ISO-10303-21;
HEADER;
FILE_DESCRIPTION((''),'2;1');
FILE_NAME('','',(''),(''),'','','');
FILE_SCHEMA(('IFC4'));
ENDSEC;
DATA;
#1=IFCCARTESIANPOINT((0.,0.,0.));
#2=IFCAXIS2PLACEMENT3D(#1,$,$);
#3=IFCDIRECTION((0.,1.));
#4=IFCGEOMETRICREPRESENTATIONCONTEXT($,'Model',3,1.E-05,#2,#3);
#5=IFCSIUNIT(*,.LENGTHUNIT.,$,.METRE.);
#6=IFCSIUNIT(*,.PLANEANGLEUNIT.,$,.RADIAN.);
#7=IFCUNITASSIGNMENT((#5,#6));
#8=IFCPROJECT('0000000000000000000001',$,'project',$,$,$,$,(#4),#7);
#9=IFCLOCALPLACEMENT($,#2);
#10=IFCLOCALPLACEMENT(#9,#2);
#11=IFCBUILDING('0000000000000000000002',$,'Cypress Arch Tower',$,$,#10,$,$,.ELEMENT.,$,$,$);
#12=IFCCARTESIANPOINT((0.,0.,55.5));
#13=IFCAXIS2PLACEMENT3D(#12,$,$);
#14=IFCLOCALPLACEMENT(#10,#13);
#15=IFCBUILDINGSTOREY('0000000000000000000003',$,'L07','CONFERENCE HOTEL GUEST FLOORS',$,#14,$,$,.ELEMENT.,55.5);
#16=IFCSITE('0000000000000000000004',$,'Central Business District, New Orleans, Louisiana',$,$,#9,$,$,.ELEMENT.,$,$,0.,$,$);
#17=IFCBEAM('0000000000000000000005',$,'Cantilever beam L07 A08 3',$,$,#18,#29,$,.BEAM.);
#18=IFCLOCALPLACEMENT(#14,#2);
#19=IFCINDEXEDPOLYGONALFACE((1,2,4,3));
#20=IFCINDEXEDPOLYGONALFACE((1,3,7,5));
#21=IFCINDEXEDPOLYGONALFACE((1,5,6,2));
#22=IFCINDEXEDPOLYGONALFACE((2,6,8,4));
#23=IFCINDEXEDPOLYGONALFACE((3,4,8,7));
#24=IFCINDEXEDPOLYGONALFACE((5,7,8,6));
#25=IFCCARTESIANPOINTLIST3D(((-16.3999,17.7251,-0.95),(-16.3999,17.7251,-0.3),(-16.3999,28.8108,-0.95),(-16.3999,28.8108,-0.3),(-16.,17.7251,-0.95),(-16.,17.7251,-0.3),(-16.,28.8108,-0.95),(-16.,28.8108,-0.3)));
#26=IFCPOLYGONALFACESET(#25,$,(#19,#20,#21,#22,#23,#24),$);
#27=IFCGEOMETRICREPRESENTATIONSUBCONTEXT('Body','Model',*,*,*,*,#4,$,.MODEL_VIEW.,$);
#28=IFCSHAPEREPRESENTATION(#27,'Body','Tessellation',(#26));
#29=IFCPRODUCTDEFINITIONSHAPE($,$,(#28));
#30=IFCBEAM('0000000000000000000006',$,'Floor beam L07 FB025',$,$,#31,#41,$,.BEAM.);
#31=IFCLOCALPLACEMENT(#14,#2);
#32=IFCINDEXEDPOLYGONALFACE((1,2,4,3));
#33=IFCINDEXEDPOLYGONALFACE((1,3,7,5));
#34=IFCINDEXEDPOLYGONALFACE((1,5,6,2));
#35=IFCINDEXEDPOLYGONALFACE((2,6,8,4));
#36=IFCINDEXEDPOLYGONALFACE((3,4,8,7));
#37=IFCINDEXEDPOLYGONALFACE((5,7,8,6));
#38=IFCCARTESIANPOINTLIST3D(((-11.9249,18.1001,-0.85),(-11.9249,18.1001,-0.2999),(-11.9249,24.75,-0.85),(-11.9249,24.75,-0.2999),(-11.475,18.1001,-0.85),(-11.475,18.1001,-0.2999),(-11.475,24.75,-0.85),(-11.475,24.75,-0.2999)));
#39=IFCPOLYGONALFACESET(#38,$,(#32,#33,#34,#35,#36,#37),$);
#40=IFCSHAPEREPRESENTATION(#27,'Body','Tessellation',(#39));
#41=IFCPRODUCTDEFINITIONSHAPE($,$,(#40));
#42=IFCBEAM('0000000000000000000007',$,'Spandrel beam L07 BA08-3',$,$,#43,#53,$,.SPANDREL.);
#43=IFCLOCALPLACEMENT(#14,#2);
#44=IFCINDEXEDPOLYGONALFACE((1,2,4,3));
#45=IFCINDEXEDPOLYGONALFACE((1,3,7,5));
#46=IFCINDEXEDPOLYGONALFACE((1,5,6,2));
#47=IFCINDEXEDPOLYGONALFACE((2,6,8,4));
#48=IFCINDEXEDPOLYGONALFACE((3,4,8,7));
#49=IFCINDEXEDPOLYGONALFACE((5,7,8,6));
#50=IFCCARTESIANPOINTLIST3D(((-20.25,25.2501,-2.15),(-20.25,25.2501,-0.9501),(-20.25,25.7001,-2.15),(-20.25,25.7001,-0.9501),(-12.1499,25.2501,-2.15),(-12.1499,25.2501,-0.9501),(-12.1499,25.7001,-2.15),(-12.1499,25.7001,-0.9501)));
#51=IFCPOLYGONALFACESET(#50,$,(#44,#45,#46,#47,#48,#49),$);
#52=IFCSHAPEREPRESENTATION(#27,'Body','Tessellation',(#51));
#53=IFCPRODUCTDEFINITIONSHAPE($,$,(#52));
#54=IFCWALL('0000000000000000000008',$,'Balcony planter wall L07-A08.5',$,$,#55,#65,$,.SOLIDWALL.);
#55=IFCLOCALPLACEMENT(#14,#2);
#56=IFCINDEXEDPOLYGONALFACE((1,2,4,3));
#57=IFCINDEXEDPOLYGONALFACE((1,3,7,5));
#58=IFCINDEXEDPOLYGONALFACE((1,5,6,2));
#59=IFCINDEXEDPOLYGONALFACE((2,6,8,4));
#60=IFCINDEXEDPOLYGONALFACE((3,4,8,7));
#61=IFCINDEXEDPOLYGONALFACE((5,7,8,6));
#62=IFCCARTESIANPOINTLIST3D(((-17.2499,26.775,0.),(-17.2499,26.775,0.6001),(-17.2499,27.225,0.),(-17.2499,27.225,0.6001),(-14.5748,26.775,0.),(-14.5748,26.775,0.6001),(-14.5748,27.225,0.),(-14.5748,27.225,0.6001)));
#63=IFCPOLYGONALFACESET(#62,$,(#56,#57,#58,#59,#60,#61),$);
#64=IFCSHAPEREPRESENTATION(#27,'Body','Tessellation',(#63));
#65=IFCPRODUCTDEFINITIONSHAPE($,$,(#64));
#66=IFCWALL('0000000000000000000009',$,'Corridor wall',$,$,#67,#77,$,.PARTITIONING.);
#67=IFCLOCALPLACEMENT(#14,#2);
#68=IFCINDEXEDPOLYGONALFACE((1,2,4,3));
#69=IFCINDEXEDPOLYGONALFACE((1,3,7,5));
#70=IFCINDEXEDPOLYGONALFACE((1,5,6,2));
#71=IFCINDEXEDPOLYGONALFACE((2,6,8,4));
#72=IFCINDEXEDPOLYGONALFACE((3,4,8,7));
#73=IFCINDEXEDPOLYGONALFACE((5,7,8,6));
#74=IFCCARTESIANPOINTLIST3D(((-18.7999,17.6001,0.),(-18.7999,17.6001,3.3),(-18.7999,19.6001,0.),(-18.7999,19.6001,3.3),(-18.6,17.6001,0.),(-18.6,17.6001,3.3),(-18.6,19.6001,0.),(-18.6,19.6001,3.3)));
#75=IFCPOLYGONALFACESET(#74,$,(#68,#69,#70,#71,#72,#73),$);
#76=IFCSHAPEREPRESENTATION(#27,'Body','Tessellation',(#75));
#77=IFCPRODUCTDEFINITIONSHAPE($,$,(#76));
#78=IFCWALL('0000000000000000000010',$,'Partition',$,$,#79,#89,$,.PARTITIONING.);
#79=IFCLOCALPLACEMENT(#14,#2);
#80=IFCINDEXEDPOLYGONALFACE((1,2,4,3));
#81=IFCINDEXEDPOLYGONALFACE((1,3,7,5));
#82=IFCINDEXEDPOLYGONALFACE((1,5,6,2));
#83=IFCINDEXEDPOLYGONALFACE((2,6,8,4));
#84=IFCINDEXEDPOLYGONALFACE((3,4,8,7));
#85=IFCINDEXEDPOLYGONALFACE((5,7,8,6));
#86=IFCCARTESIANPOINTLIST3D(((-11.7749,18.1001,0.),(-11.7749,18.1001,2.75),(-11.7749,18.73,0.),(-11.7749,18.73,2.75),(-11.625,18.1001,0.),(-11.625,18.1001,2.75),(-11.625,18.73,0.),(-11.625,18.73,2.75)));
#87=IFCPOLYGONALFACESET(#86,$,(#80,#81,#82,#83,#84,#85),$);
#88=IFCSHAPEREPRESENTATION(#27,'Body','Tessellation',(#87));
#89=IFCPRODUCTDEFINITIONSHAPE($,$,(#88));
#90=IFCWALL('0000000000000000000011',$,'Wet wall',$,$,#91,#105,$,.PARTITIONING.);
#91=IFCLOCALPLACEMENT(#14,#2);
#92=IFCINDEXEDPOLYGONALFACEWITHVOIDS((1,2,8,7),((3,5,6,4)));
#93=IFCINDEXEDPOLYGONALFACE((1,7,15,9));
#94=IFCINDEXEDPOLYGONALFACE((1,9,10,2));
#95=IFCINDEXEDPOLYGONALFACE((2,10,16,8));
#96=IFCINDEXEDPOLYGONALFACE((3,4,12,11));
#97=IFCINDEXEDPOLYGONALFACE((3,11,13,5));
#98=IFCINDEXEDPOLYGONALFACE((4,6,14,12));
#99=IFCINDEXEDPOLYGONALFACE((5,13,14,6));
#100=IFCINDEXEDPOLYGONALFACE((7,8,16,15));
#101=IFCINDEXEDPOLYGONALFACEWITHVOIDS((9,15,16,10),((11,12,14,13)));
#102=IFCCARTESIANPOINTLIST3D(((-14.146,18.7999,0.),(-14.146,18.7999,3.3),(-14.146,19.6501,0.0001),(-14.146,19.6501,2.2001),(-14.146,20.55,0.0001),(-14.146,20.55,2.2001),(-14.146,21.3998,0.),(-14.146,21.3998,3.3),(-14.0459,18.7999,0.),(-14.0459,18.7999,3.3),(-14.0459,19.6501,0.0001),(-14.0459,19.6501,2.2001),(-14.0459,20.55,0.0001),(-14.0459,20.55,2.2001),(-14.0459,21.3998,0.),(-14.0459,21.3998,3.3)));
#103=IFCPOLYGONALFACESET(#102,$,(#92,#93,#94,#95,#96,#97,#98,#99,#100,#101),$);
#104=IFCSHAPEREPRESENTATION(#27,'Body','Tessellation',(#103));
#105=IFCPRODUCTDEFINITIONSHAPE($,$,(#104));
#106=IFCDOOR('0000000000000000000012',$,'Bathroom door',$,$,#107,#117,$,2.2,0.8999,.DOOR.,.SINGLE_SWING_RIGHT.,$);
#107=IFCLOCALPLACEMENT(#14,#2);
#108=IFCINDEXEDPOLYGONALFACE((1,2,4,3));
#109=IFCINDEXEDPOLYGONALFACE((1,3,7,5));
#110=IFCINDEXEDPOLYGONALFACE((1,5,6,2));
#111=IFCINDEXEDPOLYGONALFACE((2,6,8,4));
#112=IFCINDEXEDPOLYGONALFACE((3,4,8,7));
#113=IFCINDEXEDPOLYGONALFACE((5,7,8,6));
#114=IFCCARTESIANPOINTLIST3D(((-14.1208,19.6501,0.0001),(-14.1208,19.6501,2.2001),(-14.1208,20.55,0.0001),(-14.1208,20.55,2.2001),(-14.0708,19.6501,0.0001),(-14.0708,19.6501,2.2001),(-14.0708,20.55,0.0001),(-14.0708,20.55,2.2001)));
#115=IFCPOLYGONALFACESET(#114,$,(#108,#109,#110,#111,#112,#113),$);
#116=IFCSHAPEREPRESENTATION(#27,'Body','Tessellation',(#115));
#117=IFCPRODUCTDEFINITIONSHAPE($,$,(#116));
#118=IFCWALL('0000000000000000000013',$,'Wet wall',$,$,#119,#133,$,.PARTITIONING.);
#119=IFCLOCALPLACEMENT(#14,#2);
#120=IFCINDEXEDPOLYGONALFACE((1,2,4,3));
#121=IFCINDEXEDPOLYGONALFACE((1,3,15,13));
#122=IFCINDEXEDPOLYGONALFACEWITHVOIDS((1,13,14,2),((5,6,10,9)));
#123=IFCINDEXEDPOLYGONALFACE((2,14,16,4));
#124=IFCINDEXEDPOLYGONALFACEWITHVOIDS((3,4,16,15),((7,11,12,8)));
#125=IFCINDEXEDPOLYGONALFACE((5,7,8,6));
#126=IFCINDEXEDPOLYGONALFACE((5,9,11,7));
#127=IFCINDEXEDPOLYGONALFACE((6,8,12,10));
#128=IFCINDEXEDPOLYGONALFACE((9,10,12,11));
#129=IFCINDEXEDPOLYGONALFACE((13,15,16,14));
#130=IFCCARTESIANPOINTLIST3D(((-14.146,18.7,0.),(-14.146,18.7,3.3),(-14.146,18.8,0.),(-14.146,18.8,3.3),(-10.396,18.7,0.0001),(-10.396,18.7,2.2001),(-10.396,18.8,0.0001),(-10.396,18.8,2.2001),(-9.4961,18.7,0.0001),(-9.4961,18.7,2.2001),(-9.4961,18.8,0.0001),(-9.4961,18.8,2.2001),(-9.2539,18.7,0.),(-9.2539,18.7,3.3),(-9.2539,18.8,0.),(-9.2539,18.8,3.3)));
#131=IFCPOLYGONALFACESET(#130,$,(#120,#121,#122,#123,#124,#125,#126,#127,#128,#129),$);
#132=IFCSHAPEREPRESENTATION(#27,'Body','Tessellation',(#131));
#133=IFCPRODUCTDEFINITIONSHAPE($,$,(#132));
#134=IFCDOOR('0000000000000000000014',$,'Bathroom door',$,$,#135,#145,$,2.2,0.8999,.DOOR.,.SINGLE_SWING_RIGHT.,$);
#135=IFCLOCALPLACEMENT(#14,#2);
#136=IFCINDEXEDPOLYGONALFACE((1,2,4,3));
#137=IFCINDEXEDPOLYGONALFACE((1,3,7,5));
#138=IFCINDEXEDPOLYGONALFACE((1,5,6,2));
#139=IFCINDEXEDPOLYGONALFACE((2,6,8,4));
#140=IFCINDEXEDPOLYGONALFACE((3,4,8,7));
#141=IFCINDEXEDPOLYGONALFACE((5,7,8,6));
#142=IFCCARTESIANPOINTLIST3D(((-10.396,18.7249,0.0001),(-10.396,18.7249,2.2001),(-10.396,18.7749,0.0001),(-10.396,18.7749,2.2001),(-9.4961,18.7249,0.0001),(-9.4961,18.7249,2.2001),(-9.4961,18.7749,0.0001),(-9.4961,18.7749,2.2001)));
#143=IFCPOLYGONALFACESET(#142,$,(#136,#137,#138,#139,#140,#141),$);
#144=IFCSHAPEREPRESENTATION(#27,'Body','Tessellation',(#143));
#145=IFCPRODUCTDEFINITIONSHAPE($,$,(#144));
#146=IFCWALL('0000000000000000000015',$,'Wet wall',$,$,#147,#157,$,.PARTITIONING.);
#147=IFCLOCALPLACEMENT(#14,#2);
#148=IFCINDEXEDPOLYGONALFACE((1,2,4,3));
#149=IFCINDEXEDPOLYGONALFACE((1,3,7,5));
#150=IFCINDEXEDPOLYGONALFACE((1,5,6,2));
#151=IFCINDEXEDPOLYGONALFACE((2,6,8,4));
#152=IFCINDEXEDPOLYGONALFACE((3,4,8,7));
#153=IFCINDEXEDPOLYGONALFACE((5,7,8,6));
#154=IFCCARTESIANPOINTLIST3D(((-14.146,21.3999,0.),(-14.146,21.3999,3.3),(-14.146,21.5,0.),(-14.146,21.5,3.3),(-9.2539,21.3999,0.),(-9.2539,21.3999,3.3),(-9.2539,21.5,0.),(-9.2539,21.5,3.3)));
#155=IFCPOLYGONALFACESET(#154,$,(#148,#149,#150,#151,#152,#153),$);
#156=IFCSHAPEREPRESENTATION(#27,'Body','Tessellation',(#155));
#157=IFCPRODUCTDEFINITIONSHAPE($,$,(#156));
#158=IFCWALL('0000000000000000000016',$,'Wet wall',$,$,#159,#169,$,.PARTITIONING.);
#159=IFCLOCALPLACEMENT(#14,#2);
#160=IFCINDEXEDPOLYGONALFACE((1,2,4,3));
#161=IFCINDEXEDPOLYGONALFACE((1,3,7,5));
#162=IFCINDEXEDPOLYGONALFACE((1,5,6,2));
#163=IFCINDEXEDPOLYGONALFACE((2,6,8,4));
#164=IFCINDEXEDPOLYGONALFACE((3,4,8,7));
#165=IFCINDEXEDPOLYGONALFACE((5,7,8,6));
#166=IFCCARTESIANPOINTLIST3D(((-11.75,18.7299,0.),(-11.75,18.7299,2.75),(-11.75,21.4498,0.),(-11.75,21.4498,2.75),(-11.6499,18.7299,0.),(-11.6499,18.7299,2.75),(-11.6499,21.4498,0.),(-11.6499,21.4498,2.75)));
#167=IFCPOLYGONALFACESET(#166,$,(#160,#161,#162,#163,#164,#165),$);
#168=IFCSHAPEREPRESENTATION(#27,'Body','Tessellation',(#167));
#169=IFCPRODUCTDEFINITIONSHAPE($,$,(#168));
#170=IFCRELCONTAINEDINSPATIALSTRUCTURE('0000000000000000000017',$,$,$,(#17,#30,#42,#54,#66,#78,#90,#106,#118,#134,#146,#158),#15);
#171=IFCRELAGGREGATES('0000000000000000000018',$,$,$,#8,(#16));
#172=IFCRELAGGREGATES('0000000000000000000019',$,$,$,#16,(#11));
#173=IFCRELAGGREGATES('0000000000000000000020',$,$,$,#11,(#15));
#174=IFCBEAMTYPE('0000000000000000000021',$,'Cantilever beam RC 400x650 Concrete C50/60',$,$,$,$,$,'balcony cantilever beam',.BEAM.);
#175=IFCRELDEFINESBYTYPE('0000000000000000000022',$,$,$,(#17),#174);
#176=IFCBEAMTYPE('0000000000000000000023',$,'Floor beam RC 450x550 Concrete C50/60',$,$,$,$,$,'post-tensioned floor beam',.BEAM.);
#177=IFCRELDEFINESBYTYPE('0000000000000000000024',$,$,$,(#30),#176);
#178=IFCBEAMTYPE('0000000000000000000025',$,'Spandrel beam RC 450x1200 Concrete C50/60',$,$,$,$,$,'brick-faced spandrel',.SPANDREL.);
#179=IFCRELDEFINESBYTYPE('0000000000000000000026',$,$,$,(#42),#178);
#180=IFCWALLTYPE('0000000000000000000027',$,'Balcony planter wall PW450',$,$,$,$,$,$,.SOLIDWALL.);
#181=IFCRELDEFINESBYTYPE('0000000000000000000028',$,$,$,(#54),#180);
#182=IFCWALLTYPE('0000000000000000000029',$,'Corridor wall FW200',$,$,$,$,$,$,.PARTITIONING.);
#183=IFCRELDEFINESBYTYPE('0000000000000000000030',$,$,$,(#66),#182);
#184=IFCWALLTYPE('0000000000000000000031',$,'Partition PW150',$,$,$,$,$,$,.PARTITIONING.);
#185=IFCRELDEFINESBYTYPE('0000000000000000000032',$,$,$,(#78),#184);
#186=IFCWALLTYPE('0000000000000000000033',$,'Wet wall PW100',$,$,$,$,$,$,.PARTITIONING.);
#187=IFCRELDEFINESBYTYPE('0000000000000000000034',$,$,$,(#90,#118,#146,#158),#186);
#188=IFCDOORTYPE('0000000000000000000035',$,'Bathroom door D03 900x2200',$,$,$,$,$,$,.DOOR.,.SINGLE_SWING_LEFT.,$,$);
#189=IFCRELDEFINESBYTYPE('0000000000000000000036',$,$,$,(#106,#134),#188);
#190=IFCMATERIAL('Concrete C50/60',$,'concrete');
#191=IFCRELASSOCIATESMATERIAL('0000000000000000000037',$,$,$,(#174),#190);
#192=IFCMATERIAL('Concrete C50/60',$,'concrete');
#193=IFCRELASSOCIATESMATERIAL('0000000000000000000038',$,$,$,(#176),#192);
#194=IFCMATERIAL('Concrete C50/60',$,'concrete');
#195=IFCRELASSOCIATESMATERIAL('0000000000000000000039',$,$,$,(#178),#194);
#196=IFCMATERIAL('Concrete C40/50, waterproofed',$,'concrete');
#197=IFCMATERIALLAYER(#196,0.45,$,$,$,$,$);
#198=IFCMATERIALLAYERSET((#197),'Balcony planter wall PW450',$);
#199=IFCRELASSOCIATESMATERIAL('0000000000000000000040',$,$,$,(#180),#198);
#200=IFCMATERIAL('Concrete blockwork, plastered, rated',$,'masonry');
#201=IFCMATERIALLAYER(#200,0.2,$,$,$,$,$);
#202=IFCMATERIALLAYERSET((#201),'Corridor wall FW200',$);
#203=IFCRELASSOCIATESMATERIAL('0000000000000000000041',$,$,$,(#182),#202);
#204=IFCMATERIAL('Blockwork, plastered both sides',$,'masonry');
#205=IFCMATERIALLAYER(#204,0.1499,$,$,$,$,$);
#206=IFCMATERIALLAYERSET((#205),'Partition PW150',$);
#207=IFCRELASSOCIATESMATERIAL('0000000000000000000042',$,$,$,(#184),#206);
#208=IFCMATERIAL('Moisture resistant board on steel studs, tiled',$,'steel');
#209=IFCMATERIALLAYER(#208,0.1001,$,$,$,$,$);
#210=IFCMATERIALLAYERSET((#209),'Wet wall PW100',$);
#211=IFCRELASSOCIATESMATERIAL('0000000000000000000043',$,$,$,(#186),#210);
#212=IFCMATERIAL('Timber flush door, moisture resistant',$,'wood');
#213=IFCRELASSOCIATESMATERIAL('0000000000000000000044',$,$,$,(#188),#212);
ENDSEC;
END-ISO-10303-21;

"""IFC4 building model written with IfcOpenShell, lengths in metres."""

from ifc_helpers import new_model, si_unit, direction, frame, frame_2d, origin, origin_2d, place, context, subcontext, project, spatial, rectangle, extrude, material, layer, layer_set, material_profile, profile_set, type_object, element, fill, save


model = new_model("IFC4")

# Units and contexts
model_context = context("Model", 3, precision=1e-05, world=origin(), true_north=direction((0.0, 1.0)))
body_context = subcontext(model_context, "Body", "Model", "MODEL_VIEW")
ifc_project = project(units=[si_unit("LENGTHUNIT", "METRE"), si_unit("PLANEANGLEUNIT", "RADIAN")], contexts=[model_context])

# Site, building, storey
site_placement = place(None, origin())
site = spatial("IfcSite", under=ifc_project, at=site_placement, Name="Central Business District, New Orleans, Louisiana", CompositionType="ELEMENT", RefElevation=0.0)
building_placement = place(site_placement, origin())
building = spatial("IfcBuilding", under=site, at=building_placement, Name="Cypress Arch Tower", CompositionType="ELEMENT")
storey_placement = place(building_placement, frame((0.0, 0.0, 55.5)))
storey = spatial("IfcBuildingStorey", under=building, at=storey_placement, Name="L07", Description="CONFERENCE HOTEL GUEST FLOORS", CompositionType="ELEMENT", Elevation=55.5)

# Beams
ifc_material_1 = material(Name="Concrete C50/60", Category="concrete")
ifc_material_profile_1 = material_profile(ifc_material_1, rectangle(XDim=0.3999, YDim=0.6499, at=origin_2d()), Name="RC 400x650")
ifc_profile_set_1 = profile_set([ifc_material_profile_1], Name="Concrete C50/60")
beam_type_1 = type_object("IfcBeamType", Name="Cantilever beam RC 400x650 Concrete C50/60", ElementType="balcony cantilever beam", PredefinedType="BEAM", material=ifc_profile_set_1)
beam_1_placement = place(storey_placement, frame((-16.2, 17.7251, -0.625), z_axis=(0.0, 1.0, 0.0), x_axis=(-1.0, 0.0, 0.0)))
element("IfcBeam", 1, at=beam_1_placement, inside=storey, type_object=beam_type_1, Name="Cantilever beam L07 A08 3", PredefinedType="BEAM", context=body_context, shape_type="SweptSolid", body=[
    extrude(rectangle(XDim=0.3999, YDim=0.6499, at=origin_2d()), origin(), (0.0, 0.0, 1.0), 11.0857),
])
ifc_material_2 = material(Name="Concrete C50/60", Category="concrete")
ifc_material_profile_2 = material_profile(ifc_material_2, rectangle(XDim=0.45, YDim=0.55, at=origin_2d()), Name="RC 450x550")
ifc_profile_set_2 = profile_set([ifc_material_profile_2], Name="Concrete C50/60")
beam_type_2 = type_object("IfcBeamType", Name="Floor beam RC 450x550 Concrete C50/60", ElementType="post-tensioned floor beam", PredefinedType="BEAM", material=ifc_profile_set_2)
beam_2_placement = place(storey_placement, frame((-11.7, 18.1001, -0.575), z_axis=(0.0, 1.0, 0.0), x_axis=(-1.0, 0.0, 0.0)))
element("IfcBeam", 2, at=beam_2_placement, inside=storey, type_object=beam_type_2, Name="Floor beam L07 FB025", PredefinedType="BEAM", context=body_context, shape_type="SweptSolid", body=[
    extrude(rectangle(XDim=0.45, YDim=0.55, at=origin_2d()), origin(), (0.0, 0.0, 1.0), 6.6499),
])
ifc_material_3 = material(Name="Concrete C50/60", Category="concrete")
ifc_material_profile_3 = material_profile(ifc_material_3, rectangle(XDim=0.45, YDim=1.2, at=origin_2d()), Name="RC 450x1200")
ifc_profile_set_3 = profile_set([ifc_material_profile_3], Name="Concrete C50/60")
beam_type_3 = type_object("IfcBeamType", Name="Spandrel beam RC 450x1200 Concrete C50/60", ElementType="brick-faced spandrel", PredefinedType="SPANDREL", material=ifc_profile_set_3)
beam_3_placement = place(storey_placement, frame((-12.1499, 25.4751, -1.55), z_axis=(-1.0, 0.0, 0.0), x_axis=(0.0, -1.0, 0.0)))
element("IfcBeam", 3, at=beam_3_placement, inside=storey, type_object=beam_type_3, Name="Spandrel beam L07 BA08-3", PredefinedType="SPANDREL", context=body_context, shape_type="SweptSolid", body=[
    extrude(rectangle(XDim=0.45, YDim=1.2, at=origin_2d()), origin(), (0.0, 0.0, 1.0), 8.1001),
])

# Wall
ifc_material_4 = material(Name="Concrete C40/50, waterproofed", Category="concrete")
ifc_layer_1 = layer(ifc_material_4, 0.45)
ifc_layer_set_1 = layer_set([ifc_layer_1], Name="Balcony planter wall PW450")
wall_type_1 = type_object("IfcWallType", Name="Balcony planter wall PW450", PredefinedType="SOLIDWALL", material=ifc_layer_set_1)
wall_1_placement = place(storey_placement, frame((-14.575, 27.0, 0.0), z_axis=(0.0, 0.0, 1.0), x_axis=(-1.0, 0.0, 0.0)))
element("IfcWall", 4, at=wall_1_placement, inside=storey, type_object=wall_type_1, Name="Balcony planter wall L07-A08.5", PredefinedType="SOLIDWALL", context=body_context, shape_type="SweptSolid", body=[
    extrude(rectangle(XDim=2.675, YDim=0.45, at=frame_2d((1.3374, 0.0))), origin(), (0.0, 0.0, 1.0), 0.6001),
])

# Walls
ifc_material_5 = material(Name="Concrete blockwork, plastered, rated", Category="masonry")
ifc_layer_2 = layer(ifc_material_5, 0.2)
ifc_layer_set_2 = layer_set([ifc_layer_2], Name="Corridor wall FW200")
wall_type_2 = type_object("IfcWallType", Name="Corridor wall FW200", PredefinedType="PARTITIONING", material=ifc_layer_set_2)
wall_2_placement = place(storey_placement, frame((-18.7, 17.6001, 0.0), z_axis=(0.0, 0.0, 1.0), x_axis=(0.0, 1.0, 0.0)))
element("IfcWall", 5, at=wall_2_placement, inside=storey, type_object=wall_type_2, Name="Corridor wall", PredefinedType="PARTITIONING", context=body_context, shape_type="SweptSolid", body=[
    extrude(rectangle(XDim=2.0, YDim=0.2, at=frame_2d((1.0, 0.0))), origin(), (0.0, 0.0, 1.0), 3.3),
])
ifc_material_6 = material(Name="Blockwork, plastered both sides", Category="masonry")
ifc_layer_3 = layer(ifc_material_6, 0.1499)
ifc_layer_set_3 = layer_set([ifc_layer_3], Name="Partition PW150")
wall_type_3 = type_object("IfcWallType", Name="Partition PW150", PredefinedType="PARTITIONING", material=ifc_layer_set_3)
wall_3_placement = place(storey_placement, frame((-11.7, 18.1001, 0.0), z_axis=(0.0, 0.0, 1.0), x_axis=(0.0, 1.0, 0.0)))
element("IfcWall", 6, at=wall_3_placement, inside=storey, type_object=wall_type_3, Name="Partition", PredefinedType="PARTITIONING", context=body_context, shape_type="SweptSolid", body=[
    extrude(rectangle(XDim=0.6299, YDim=0.1499, at=frame_2d((0.3149, 0.0))), origin(), (0.0, 0.0, 1.0), 2.75),
])

# Walls, openings, doors
ifc_material_7 = material(Name="Moisture resistant board on steel studs, tiled", Category="steel")
ifc_layer_4 = layer(ifc_material_7, 0.1001)
ifc_layer_set_4 = layer_set([ifc_layer_4], Name="Wet wall PW100")
wall_type_4 = type_object("IfcWallType", Name="Wet wall PW100", PredefinedType="PARTITIONING", material=ifc_layer_set_4)
wall_4_placement = place(storey_placement, frame((-14.0959, 18.8, 0.0), z_axis=(0.0, 0.0, 1.0), x_axis=(0.0, 1.0, 0.0)))
wall_4 = element("IfcWall", 7, at=wall_4_placement, inside=storey, type_object=wall_type_4, Name="Wet wall", PredefinedType="PARTITIONING", context=body_context, shape_type="SweptSolid", body=[
    extrude(rectangle(XDim=2.5999, YDim=0.1001, at=frame_2d((1.2998, 0.0))), origin(), (0.0, 0.0, 1.0), 3.3),
])
opening_1_placement = place(wall_4_placement, frame((0.8501, 0.0, 0.0)))
opening_1 = element("IfcOpeningElement", 8, at=opening_1_placement, cuts=wall_4, PredefinedType="OPENING", context=body_context, shape_type="SweptSolid", body=[
    extrude(rectangle(XDim=0.8999, YDim=2.2, at=frame_2d((0.45, 1.1001))), frame((0.0, 0.0601, 0.0), z_axis=(0.0, -1.0, 0.0), x_axis=(1.0, 0.0, 0.0)), (0.0, 0.0, 1.0), 0.1201),
])
ifc_material_8 = material(Name="Timber flush door, moisture resistant", Category="wood")
door_type_1 = type_object("IfcDoorType", Name="Bathroom door D03 900x2200", OperationType="SINGLE_SWING_LEFT", PredefinedType="DOOR", material=ifc_material_8)
door_1_placement = place(opening_1_placement, origin())
door_1 = element("IfcDoor", 9, at=door_1_placement, inside=storey, type_object=door_type_1, Name="Bathroom door", OperationType="SINGLE_SWING_RIGHT", OverallHeight=2.2, OverallWidth=0.8999, PredefinedType="DOOR", context=body_context, shape_type="SweptSolid", body=[
    extrude(rectangle(XDim=0.8999, YDim=2.2, at=frame_2d((0.45, 1.1001))), frame((0.0, 0.0249, 0.0), z_axis=(0.0, -1.0, 0.0), x_axis=(1.0, 0.0, 0.0)), (0.0, 0.0, 1.0), 0.05),
])
fill(opening_1, door_1)
wall_5_placement = place(storey_placement, frame((-14.146, 18.75, 0.0), z_axis=(0.0, 0.0, 1.0), x_axis=(1.0, 0.0, 0.0)))
wall_5 = element("IfcWall", 10, at=wall_5_placement, inside=storey, type_object=wall_type_4, Name="Wet wall", PredefinedType="PARTITIONING", context=body_context, shape_type="SweptSolid", body=[
    extrude(rectangle(XDim=4.8921, YDim=0.1001, at=frame_2d((2.446, 0.0))), origin(), (0.0, 0.0, 1.0), 3.3),
])
opening_2_placement = place(wall_5_placement, frame((3.75, 0.0, 0.0)))
opening_2 = element("IfcOpeningElement", 11, at=opening_2_placement, cuts=wall_5, PredefinedType="OPENING", context=body_context, shape_type="SweptSolid", body=[
    extrude(rectangle(XDim=0.8999, YDim=2.2, at=frame_2d((0.45, 1.1001))), frame((0.0, 0.0601, 0.0), z_axis=(0.0, -1.0, 0.0), x_axis=(1.0, 0.0, 0.0)), (0.0, 0.0, 1.0), 0.1201),
])
door_2_placement = place(opening_2_placement, origin())
door_2 = element("IfcDoor", 12, at=door_2_placement, inside=storey, type_object=door_type_1, Name="Bathroom door", OperationType="SINGLE_SWING_RIGHT", OverallHeight=2.2, OverallWidth=0.8999, PredefinedType="DOOR", context=body_context, shape_type="SweptSolid", body=[
    extrude(rectangle(XDim=0.8999, YDim=2.2, at=frame_2d((0.45, 1.1001))), frame((0.0, 0.0249, 0.0), z_axis=(0.0, -1.0, 0.0), x_axis=(1.0, 0.0, 0.0)), (0.0, 0.0, 1.0), 0.05),
])
fill(opening_2, door_2)

# Walls
wall_6_placement = place(storey_placement, frame((-14.146, 21.45, 0.0), z_axis=(0.0, 0.0, 1.0), x_axis=(1.0, 0.0, 0.0)))
element("IfcWall", 13, at=wall_6_placement, inside=storey, type_object=wall_type_4, Name="Wet wall", PredefinedType="PARTITIONING", context=body_context, shape_type="SweptSolid", body=[
    extrude(rectangle(XDim=4.8921, YDim=0.1001, at=frame_2d((2.446, 0.0))), origin(), (0.0, 0.0, 1.0), 3.3),
])
wall_7_placement = place(storey_placement, frame((-11.7, 18.73, 0.0), z_axis=(0.0, 0.0, 1.0), x_axis=(0.0, 1.0, 0.0)))
element("IfcWall", 14, at=wall_7_placement, inside=storey, type_object=wall_type_4, Name="Wet wall", PredefinedType="PARTITIONING", context=body_context, shape_type="SweptSolid", body=[
    extrude(rectangle(XDim=2.72, YDim=0.1001, at=frame_2d((1.3599, 0.0))), origin(), (0.0, 0.0, 1.0), 2.75),
])

save(model, "model.ifc")
